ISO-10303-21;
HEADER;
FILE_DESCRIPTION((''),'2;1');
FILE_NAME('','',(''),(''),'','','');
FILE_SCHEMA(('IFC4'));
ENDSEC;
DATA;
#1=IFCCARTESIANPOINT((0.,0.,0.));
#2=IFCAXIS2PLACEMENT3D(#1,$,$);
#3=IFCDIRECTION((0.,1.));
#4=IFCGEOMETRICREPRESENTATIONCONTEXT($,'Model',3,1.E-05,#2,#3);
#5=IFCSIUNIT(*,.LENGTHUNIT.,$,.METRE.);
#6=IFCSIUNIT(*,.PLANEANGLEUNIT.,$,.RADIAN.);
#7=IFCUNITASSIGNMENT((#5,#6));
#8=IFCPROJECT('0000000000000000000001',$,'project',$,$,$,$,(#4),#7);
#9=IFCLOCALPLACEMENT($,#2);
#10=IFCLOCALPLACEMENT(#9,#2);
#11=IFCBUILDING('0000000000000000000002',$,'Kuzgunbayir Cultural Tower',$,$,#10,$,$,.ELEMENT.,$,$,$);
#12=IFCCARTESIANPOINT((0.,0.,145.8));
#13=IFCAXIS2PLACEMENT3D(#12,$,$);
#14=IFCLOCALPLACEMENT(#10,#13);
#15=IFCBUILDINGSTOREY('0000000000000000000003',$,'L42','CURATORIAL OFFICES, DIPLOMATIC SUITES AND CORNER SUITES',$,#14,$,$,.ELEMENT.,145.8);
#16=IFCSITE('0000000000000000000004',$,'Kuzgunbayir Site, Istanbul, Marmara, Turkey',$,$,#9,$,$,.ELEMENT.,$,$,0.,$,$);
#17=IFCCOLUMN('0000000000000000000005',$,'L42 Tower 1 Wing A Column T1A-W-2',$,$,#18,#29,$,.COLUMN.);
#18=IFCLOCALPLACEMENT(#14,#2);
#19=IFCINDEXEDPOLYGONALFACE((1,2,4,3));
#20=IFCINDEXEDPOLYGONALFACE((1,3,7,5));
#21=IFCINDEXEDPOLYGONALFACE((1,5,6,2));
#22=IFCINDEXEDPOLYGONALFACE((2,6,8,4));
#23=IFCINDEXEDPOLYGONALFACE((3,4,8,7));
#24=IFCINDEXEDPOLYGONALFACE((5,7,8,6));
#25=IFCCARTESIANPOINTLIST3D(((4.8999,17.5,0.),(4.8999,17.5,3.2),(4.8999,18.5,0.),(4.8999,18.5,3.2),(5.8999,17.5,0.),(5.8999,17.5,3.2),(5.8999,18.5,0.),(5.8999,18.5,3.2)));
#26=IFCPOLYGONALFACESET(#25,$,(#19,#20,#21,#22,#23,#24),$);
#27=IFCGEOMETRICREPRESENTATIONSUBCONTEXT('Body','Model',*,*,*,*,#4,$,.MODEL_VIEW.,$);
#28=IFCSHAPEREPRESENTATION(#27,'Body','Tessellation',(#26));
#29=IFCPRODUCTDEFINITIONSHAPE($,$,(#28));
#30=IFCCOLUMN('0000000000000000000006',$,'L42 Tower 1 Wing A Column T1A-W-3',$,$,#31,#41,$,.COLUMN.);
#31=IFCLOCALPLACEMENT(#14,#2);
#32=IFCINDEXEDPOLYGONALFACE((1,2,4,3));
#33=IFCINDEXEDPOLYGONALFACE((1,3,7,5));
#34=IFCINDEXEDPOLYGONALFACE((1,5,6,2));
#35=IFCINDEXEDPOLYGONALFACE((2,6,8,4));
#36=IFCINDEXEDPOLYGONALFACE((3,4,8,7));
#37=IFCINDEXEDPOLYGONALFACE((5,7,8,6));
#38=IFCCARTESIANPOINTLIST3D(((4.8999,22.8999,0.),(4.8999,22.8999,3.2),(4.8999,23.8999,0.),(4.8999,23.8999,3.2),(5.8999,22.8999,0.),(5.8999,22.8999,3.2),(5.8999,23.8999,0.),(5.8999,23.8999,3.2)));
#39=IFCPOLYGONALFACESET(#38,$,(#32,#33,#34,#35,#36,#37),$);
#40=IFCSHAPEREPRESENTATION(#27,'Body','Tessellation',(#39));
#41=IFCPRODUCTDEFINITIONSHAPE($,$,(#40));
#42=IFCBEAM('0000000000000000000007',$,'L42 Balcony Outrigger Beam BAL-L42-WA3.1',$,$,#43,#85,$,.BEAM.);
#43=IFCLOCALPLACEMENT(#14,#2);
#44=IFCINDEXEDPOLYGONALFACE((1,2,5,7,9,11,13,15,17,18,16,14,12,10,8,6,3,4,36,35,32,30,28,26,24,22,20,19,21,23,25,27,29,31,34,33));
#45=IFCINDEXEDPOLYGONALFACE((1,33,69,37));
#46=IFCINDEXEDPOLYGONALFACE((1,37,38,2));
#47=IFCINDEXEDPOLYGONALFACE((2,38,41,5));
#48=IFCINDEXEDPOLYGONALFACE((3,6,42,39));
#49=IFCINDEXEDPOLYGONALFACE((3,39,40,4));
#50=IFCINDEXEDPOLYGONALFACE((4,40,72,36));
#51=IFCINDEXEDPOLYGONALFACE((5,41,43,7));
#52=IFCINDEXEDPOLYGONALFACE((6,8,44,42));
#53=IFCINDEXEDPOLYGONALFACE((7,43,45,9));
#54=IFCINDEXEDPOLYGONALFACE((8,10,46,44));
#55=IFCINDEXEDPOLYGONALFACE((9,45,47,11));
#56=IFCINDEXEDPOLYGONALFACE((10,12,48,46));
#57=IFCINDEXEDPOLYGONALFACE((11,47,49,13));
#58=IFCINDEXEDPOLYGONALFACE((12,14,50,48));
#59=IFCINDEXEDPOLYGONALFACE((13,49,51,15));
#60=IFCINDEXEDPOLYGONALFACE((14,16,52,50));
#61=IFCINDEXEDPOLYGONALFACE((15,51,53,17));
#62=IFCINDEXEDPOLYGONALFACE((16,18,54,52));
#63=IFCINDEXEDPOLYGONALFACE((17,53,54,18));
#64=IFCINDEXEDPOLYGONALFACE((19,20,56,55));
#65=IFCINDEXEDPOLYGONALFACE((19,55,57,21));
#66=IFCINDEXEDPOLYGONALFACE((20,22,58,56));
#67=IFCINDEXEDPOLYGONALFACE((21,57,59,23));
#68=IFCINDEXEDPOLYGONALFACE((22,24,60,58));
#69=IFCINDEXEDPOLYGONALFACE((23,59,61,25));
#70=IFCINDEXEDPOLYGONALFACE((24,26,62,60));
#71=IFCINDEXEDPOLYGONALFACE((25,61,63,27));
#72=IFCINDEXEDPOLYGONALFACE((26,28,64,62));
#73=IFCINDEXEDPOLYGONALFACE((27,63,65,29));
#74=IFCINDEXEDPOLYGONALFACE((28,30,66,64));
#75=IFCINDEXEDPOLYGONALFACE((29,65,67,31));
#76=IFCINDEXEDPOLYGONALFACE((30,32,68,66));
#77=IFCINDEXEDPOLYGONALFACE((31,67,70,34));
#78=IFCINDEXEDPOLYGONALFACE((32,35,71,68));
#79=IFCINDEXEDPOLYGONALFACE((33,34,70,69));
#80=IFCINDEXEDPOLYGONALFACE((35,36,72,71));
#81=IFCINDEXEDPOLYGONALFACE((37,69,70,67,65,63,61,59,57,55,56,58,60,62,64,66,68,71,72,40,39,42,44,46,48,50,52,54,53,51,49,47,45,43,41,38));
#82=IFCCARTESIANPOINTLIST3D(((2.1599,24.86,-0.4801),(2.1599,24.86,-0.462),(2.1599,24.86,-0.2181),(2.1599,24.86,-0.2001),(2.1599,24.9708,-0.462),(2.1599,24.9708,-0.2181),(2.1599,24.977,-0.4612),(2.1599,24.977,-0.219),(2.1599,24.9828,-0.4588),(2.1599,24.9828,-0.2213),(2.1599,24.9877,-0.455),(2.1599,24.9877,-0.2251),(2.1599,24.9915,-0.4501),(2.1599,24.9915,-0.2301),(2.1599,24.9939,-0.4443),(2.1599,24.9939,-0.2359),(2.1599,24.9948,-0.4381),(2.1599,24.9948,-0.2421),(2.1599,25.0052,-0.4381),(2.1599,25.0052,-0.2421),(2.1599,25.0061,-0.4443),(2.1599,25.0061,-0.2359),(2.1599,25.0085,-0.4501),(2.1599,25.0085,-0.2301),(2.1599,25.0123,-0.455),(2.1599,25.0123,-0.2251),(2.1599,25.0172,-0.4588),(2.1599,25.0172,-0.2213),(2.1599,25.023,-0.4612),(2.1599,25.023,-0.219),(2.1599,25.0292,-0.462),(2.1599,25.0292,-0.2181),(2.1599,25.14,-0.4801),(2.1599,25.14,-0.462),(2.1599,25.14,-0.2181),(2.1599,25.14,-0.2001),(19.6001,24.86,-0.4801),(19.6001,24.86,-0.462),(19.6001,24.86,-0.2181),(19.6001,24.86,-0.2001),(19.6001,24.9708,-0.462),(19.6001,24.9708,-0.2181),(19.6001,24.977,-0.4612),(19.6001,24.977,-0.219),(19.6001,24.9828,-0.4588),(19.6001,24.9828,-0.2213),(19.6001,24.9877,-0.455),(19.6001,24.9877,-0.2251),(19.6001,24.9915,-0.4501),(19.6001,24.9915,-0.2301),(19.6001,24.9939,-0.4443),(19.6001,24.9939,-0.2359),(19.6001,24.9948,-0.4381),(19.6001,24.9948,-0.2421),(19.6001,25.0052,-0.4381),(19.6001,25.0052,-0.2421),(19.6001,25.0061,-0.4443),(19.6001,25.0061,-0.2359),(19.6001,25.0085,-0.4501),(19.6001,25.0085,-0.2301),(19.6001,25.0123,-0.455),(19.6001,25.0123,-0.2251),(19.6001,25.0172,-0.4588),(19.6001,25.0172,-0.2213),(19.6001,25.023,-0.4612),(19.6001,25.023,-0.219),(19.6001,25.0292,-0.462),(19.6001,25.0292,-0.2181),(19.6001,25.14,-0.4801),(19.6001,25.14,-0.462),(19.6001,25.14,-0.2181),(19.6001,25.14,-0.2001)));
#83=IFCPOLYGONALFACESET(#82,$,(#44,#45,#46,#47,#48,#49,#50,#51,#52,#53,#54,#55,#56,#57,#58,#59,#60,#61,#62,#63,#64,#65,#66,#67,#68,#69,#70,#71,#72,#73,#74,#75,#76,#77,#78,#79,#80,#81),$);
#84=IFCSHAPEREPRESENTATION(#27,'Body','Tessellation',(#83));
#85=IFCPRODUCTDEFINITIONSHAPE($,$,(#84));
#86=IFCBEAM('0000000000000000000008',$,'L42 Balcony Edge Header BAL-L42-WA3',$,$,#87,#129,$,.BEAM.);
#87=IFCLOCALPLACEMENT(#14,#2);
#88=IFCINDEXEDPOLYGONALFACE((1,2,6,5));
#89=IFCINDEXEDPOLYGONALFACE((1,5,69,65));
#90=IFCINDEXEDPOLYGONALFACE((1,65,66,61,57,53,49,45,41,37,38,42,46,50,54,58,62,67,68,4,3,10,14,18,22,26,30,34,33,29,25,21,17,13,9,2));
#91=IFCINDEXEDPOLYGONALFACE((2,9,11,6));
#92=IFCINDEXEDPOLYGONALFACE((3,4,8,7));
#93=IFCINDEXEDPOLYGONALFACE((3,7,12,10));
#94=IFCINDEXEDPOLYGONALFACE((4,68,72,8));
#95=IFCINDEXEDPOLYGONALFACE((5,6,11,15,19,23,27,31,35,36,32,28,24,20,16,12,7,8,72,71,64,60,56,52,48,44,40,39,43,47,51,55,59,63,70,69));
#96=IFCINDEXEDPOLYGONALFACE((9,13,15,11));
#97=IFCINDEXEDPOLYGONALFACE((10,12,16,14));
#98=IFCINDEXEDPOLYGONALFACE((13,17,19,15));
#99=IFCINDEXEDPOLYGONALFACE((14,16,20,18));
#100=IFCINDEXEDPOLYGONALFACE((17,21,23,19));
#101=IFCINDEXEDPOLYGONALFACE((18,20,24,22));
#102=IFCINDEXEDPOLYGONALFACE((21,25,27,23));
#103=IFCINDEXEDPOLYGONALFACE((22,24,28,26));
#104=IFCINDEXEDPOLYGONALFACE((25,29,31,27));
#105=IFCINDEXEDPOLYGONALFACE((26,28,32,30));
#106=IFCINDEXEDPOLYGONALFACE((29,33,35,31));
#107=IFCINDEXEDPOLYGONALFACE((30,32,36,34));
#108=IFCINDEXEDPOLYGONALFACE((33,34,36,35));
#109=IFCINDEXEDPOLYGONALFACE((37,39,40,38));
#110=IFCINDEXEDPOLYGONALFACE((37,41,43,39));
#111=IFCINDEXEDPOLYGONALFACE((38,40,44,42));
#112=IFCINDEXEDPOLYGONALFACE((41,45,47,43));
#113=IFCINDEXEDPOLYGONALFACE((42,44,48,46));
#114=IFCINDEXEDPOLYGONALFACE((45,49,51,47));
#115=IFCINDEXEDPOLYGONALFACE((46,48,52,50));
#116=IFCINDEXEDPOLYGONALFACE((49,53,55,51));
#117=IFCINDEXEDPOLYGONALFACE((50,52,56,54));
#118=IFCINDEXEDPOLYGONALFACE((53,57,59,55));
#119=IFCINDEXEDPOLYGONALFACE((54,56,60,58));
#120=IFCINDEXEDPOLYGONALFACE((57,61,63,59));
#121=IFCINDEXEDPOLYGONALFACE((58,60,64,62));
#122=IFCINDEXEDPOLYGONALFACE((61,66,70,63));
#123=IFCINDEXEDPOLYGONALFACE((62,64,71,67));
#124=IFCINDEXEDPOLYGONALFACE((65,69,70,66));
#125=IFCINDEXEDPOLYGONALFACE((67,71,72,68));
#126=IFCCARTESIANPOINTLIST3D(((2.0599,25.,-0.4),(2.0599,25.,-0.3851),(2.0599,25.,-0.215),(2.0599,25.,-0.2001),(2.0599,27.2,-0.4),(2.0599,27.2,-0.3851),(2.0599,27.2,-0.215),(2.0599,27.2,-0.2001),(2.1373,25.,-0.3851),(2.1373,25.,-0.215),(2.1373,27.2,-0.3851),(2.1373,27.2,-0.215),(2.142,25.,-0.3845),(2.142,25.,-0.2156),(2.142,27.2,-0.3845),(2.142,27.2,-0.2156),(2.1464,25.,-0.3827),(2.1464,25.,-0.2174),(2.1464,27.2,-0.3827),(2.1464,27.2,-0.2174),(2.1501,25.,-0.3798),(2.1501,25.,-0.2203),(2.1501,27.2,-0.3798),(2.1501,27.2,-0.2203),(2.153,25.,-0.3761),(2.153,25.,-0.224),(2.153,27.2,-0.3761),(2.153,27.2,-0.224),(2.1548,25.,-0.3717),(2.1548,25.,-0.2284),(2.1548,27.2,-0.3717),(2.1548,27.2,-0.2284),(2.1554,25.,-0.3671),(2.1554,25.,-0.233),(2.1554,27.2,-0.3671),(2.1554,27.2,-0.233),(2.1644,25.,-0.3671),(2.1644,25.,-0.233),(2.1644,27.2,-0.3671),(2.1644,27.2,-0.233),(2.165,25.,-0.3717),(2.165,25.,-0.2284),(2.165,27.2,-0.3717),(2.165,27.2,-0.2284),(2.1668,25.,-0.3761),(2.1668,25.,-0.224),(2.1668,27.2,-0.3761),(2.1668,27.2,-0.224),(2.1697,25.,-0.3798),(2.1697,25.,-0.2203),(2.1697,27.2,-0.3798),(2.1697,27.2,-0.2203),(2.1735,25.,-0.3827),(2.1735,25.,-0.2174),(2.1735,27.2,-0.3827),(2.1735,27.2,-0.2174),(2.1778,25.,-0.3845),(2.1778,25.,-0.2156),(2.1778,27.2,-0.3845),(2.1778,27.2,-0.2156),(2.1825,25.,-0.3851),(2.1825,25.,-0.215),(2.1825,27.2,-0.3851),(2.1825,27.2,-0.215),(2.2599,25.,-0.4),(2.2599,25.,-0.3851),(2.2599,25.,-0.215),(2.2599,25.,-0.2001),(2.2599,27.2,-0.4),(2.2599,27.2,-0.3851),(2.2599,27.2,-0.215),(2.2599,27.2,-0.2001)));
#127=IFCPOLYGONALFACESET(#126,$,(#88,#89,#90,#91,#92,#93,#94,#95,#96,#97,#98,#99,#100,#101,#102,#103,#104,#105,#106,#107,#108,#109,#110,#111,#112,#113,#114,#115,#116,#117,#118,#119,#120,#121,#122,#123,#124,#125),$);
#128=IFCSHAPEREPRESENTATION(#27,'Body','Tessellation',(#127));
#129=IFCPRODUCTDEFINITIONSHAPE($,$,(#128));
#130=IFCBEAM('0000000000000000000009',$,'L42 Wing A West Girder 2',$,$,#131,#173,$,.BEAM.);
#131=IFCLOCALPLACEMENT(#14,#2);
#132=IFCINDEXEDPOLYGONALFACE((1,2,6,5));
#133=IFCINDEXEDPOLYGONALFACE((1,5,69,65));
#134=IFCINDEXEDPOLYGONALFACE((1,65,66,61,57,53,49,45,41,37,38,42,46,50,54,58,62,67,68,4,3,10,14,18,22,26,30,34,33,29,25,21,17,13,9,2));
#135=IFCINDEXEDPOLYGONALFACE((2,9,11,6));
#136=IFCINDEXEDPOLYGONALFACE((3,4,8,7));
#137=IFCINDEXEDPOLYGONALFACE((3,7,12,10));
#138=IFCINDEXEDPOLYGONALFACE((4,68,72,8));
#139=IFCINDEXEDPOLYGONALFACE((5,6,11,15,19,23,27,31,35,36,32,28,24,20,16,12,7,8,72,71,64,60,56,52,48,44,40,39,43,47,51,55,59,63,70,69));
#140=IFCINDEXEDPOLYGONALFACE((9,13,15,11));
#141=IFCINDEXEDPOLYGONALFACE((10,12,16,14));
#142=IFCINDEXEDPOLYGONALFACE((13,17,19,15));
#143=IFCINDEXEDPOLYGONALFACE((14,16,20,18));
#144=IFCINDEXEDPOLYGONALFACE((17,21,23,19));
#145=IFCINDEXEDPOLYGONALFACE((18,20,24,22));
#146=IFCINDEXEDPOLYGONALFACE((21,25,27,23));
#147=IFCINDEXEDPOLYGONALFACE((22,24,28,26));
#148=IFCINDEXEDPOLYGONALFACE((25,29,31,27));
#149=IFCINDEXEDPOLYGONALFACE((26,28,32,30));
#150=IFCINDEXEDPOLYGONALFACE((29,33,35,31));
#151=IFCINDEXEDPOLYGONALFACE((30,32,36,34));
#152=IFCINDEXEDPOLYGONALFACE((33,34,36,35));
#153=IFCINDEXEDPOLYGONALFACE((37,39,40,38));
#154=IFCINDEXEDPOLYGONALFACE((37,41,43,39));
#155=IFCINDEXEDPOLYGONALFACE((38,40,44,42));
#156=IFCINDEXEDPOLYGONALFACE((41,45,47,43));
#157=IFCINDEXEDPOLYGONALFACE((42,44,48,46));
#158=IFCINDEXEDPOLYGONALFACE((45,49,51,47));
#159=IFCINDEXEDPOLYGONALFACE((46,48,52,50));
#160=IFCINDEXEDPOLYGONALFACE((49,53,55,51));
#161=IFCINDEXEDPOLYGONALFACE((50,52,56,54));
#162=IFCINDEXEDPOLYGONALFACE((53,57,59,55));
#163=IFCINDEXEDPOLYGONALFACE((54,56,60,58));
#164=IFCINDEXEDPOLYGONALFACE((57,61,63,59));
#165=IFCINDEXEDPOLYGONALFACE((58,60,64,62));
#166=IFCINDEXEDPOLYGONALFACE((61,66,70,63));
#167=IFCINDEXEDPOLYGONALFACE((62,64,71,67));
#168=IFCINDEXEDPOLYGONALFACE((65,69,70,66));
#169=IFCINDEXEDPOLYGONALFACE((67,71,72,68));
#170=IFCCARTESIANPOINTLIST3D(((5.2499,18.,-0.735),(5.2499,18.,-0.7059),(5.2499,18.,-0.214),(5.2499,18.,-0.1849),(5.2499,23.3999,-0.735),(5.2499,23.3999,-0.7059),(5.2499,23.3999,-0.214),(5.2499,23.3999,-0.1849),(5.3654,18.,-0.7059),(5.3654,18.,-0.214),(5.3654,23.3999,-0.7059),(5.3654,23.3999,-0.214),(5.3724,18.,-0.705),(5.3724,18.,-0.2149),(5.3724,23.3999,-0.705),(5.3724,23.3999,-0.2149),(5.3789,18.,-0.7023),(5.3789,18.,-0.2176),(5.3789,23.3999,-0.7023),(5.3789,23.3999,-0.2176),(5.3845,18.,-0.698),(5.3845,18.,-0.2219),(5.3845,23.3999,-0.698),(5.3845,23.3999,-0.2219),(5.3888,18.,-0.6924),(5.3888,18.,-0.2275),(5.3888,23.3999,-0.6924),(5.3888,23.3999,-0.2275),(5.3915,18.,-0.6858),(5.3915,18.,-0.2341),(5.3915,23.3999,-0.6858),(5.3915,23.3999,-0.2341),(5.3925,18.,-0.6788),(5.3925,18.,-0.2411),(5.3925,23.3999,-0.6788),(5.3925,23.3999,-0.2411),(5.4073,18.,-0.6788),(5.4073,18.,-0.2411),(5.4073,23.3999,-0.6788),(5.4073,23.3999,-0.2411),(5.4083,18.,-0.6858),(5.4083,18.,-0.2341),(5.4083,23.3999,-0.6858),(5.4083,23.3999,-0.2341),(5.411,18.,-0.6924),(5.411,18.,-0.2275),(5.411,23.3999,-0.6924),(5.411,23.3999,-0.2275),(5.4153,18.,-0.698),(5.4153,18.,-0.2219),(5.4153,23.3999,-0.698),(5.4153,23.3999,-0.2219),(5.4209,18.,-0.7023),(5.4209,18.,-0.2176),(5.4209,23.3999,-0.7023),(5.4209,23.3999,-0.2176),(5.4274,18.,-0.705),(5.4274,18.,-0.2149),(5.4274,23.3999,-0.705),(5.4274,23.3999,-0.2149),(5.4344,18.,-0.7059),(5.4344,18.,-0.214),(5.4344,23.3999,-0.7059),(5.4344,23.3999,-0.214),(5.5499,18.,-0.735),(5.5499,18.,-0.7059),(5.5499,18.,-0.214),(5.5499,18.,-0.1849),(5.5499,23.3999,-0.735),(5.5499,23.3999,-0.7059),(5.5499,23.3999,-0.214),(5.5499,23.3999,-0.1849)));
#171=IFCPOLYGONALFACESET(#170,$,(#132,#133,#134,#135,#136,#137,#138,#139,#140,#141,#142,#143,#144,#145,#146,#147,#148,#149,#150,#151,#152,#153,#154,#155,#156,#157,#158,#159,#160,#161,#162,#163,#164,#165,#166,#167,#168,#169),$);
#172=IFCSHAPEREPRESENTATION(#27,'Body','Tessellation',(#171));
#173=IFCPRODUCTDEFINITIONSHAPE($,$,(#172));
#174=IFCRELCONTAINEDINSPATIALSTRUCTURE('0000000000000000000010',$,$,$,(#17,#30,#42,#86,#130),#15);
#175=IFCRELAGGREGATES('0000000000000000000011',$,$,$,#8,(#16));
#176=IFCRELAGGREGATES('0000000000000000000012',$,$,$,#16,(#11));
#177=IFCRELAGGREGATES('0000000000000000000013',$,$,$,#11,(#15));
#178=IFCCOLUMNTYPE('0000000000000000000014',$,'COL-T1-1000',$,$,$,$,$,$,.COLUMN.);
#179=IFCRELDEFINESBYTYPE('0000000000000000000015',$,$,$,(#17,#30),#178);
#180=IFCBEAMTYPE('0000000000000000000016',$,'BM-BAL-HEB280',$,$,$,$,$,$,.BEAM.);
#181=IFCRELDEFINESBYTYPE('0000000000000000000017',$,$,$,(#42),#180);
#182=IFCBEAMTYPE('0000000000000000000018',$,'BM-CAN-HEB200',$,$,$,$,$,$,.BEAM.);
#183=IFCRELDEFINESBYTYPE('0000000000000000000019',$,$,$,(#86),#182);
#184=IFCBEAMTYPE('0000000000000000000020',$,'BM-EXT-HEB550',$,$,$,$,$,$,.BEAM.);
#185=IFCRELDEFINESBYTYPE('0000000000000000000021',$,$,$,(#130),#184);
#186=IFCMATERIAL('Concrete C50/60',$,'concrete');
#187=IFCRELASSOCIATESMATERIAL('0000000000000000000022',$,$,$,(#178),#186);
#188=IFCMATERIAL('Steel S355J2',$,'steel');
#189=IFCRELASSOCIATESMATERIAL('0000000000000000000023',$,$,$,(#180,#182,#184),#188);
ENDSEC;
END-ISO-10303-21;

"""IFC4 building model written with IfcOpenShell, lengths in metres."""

from ifc_helpers import new_model, si_unit, direction, frame, origin, origin_2d, place, context, subcontext, project, spatial, rectangle, i_section, extrude, material, material_profile, profile_set, type_object, element, save


model = new_model("IFC4")

# Units and contexts
model_context = context("Model", 3, precision=1e-05, world=origin(), true_north=direction((0.0, 1.0)))
body_context = subcontext(model_context, "Body", "Model", "MODEL_VIEW")
ifc_project = project(units=[si_unit("LENGTHUNIT", "METRE"), si_unit("PLANEANGLEUNIT", "RADIAN")], contexts=[model_context])

# Site, building, storey
site_placement = place(None, origin())
site = spatial("IfcSite", under=ifc_project, at=site_placement, Name="Kuzgunbayir Site, Istanbul, Marmara, Turkey", CompositionType="ELEMENT", RefElevation=0.0)
building_placement = place(site_placement, origin())
building = spatial("IfcBuilding", under=site, at=building_placement, Name="Kuzgunbayir Cultural Tower", CompositionType="ELEMENT")
storey_placement = place(building_placement, frame((0.0, 0.0, 145.8)))
storey = spatial("IfcBuildingStorey", under=building, at=storey_placement, Name="L42", Description="CURATORIAL OFFICES, DIPLOMATIC SUITES AND CORNER SUITES", CompositionType="ELEMENT", Elevation=145.8)

# Columns
ifc_material_1 = material(Name="Concrete C50/60", Category="concrete")
ifc_material_profile_1 = material_profile(ifc_material_1, rectangle(XDim=1.0, YDim=1.0, at=origin_2d()), Name="RC 1000x1000")
ifc_profile_set_1 = profile_set([ifc_material_profile_1], Name="Concrete C50/60")
column_type = type_object("IfcColumnType", Name="COL-T1-1000", PredefinedType="COLUMN", material=ifc_profile_set_1)
for number, where, z_axis, x_axis, name in (
    (1, (5.3999, 18.0, 0.0), (0.0, 0.0, 1.0), (1.0, 0.0, 0.0), "L42 Tower 1 Wing A Column T1A-W-2"),
    (2, (5.3999, 23.3999, 0.0), (0.0, 0.0, 1.0), (1.0, 0.0, 0.0), "L42 Tower 1 Wing A Column T1A-W-3"),
):
    element("IfcColumn", number, at=place(storey_placement, frame(where, z_axis=z_axis, x_axis=x_axis)), inside=storey, type_object=column_type, Name=name, PredefinedType="COLUMN", context=body_context, shape_type="SweptSolid", body=[
        extrude(rectangle(XDim=1.0, YDim=1.0, at=origin_2d()), origin(), (0.0, 0.0, 1.0), 3.2),
    ])

# Beams
ifc_material_2 = material(Name="Steel S355J2", Category="steel")
ifc_material_profile_2 = material_profile(ifc_material_2, i_section(OverallWidth=0.28, OverallDepth=0.28, WebThickness=0.0105, FlangeThickness=0.0181, FilletRadius=0.0239, at=origin_2d()), Name="HEB 280")
ifc_profile_set_2 = profile_set([ifc_material_profile_2], Name="Steel S355J2")
beam_type_1 = type_object("IfcBeamType", Name="BM-BAL-HEB280", PredefinedType="BEAM", material=ifc_profile_set_2)
beam_1_placement = place(storey_placement, frame((2.1599, 25.0, -0.3401), z_axis=(1.0, 0.0, 0.0), x_axis=(0.0, 1.0, 0.0)))
element("IfcBeam", 3, at=beam_1_placement, inside=storey, type_object=beam_type_1, Name="L42 Balcony Outrigger Beam BAL-L42-WA3.1", PredefinedType="BEAM", context=body_context, shape_type="SweptSolid", body=[
    extrude(i_section(OverallWidth=0.28, OverallDepth=0.28, WebThickness=0.0105, FlangeThickness=0.0181, FilletRadius=0.0239, at=origin_2d()), origin(), (0.0, 0.0, 1.0), 17.4402),
])
ifc_material_profile_3 = material_profile(ifc_material_2, i_section(OverallWidth=0.2, OverallDepth=0.2, WebThickness=0.009, FlangeThickness=0.0149, FilletRadius=0.0181, at=origin_2d()), Name="HEB 200")
ifc_profile_set_3 = profile_set([ifc_material_profile_3], Name="Steel S355J2")
beam_type_2 = type_object("IfcBeamType", Name="BM-CAN-HEB200", PredefinedType="BEAM", material=ifc_profile_set_3)
beam_2_placement = place(storey_placement, frame((2.1599, 25.0, -0.3), z_axis=(0.0, 1.0, 0.0), x_axis=(-1.0, 0.0, 0.0)))
element("IfcBeam", 4, at=beam_2_placement, inside=storey, type_object=beam_type_2, Name="L42 Balcony Edge Header BAL-L42-WA3", PredefinedType="BEAM", context=body_context, shape_type="SweptSolid", body=[
    extrude(i_section(OverallWidth=0.2, OverallDepth=0.2, WebThickness=0.009, FlangeThickness=0.0149, FilletRadius=0.0181, at=origin_2d()), origin(), (0.0, 0.0, 1.0), 2.2),
])
ifc_material_profile_4 = material_profile(ifc_material_2, i_section(OverallWidth=0.3, OverallDepth=0.55, WebThickness=0.0149, FlangeThickness=0.0291, FilletRadius=0.0271, at=origin_2d()), Name="HEB 550")
ifc_profile_set_4 = profile_set([ifc_material_profile_4], Name="Steel S355J2")
beam_type_3 = type_object("IfcBeamType", Name="BM-EXT-HEB550", PredefinedType="BEAM", material=ifc_profile_set_4)
beam_3_placement = place(storey_placement, frame((5.3999, 18.0, -0.46), z_axis=(0.0, 1.0, 0.0), x_axis=(-1.0, 0.0, 0.0)))
element("IfcBeam", 5, at=beam_3_placement, inside=storey, type_object=beam_type_3, Name="L42 Wing A West Girder 2", PredefinedType="BEAM", context=body_context, shape_type="SweptSolid", body=[
    extrude(i_section(OverallWidth=0.3, OverallDepth=0.55, WebThickness=0.0149, FlangeThickness=0.0291, FilletRadius=0.0271, at=origin_2d()), origin(), (0.0, 0.0, 1.0), 5.3999),
])

save(model, "model.ifc")
